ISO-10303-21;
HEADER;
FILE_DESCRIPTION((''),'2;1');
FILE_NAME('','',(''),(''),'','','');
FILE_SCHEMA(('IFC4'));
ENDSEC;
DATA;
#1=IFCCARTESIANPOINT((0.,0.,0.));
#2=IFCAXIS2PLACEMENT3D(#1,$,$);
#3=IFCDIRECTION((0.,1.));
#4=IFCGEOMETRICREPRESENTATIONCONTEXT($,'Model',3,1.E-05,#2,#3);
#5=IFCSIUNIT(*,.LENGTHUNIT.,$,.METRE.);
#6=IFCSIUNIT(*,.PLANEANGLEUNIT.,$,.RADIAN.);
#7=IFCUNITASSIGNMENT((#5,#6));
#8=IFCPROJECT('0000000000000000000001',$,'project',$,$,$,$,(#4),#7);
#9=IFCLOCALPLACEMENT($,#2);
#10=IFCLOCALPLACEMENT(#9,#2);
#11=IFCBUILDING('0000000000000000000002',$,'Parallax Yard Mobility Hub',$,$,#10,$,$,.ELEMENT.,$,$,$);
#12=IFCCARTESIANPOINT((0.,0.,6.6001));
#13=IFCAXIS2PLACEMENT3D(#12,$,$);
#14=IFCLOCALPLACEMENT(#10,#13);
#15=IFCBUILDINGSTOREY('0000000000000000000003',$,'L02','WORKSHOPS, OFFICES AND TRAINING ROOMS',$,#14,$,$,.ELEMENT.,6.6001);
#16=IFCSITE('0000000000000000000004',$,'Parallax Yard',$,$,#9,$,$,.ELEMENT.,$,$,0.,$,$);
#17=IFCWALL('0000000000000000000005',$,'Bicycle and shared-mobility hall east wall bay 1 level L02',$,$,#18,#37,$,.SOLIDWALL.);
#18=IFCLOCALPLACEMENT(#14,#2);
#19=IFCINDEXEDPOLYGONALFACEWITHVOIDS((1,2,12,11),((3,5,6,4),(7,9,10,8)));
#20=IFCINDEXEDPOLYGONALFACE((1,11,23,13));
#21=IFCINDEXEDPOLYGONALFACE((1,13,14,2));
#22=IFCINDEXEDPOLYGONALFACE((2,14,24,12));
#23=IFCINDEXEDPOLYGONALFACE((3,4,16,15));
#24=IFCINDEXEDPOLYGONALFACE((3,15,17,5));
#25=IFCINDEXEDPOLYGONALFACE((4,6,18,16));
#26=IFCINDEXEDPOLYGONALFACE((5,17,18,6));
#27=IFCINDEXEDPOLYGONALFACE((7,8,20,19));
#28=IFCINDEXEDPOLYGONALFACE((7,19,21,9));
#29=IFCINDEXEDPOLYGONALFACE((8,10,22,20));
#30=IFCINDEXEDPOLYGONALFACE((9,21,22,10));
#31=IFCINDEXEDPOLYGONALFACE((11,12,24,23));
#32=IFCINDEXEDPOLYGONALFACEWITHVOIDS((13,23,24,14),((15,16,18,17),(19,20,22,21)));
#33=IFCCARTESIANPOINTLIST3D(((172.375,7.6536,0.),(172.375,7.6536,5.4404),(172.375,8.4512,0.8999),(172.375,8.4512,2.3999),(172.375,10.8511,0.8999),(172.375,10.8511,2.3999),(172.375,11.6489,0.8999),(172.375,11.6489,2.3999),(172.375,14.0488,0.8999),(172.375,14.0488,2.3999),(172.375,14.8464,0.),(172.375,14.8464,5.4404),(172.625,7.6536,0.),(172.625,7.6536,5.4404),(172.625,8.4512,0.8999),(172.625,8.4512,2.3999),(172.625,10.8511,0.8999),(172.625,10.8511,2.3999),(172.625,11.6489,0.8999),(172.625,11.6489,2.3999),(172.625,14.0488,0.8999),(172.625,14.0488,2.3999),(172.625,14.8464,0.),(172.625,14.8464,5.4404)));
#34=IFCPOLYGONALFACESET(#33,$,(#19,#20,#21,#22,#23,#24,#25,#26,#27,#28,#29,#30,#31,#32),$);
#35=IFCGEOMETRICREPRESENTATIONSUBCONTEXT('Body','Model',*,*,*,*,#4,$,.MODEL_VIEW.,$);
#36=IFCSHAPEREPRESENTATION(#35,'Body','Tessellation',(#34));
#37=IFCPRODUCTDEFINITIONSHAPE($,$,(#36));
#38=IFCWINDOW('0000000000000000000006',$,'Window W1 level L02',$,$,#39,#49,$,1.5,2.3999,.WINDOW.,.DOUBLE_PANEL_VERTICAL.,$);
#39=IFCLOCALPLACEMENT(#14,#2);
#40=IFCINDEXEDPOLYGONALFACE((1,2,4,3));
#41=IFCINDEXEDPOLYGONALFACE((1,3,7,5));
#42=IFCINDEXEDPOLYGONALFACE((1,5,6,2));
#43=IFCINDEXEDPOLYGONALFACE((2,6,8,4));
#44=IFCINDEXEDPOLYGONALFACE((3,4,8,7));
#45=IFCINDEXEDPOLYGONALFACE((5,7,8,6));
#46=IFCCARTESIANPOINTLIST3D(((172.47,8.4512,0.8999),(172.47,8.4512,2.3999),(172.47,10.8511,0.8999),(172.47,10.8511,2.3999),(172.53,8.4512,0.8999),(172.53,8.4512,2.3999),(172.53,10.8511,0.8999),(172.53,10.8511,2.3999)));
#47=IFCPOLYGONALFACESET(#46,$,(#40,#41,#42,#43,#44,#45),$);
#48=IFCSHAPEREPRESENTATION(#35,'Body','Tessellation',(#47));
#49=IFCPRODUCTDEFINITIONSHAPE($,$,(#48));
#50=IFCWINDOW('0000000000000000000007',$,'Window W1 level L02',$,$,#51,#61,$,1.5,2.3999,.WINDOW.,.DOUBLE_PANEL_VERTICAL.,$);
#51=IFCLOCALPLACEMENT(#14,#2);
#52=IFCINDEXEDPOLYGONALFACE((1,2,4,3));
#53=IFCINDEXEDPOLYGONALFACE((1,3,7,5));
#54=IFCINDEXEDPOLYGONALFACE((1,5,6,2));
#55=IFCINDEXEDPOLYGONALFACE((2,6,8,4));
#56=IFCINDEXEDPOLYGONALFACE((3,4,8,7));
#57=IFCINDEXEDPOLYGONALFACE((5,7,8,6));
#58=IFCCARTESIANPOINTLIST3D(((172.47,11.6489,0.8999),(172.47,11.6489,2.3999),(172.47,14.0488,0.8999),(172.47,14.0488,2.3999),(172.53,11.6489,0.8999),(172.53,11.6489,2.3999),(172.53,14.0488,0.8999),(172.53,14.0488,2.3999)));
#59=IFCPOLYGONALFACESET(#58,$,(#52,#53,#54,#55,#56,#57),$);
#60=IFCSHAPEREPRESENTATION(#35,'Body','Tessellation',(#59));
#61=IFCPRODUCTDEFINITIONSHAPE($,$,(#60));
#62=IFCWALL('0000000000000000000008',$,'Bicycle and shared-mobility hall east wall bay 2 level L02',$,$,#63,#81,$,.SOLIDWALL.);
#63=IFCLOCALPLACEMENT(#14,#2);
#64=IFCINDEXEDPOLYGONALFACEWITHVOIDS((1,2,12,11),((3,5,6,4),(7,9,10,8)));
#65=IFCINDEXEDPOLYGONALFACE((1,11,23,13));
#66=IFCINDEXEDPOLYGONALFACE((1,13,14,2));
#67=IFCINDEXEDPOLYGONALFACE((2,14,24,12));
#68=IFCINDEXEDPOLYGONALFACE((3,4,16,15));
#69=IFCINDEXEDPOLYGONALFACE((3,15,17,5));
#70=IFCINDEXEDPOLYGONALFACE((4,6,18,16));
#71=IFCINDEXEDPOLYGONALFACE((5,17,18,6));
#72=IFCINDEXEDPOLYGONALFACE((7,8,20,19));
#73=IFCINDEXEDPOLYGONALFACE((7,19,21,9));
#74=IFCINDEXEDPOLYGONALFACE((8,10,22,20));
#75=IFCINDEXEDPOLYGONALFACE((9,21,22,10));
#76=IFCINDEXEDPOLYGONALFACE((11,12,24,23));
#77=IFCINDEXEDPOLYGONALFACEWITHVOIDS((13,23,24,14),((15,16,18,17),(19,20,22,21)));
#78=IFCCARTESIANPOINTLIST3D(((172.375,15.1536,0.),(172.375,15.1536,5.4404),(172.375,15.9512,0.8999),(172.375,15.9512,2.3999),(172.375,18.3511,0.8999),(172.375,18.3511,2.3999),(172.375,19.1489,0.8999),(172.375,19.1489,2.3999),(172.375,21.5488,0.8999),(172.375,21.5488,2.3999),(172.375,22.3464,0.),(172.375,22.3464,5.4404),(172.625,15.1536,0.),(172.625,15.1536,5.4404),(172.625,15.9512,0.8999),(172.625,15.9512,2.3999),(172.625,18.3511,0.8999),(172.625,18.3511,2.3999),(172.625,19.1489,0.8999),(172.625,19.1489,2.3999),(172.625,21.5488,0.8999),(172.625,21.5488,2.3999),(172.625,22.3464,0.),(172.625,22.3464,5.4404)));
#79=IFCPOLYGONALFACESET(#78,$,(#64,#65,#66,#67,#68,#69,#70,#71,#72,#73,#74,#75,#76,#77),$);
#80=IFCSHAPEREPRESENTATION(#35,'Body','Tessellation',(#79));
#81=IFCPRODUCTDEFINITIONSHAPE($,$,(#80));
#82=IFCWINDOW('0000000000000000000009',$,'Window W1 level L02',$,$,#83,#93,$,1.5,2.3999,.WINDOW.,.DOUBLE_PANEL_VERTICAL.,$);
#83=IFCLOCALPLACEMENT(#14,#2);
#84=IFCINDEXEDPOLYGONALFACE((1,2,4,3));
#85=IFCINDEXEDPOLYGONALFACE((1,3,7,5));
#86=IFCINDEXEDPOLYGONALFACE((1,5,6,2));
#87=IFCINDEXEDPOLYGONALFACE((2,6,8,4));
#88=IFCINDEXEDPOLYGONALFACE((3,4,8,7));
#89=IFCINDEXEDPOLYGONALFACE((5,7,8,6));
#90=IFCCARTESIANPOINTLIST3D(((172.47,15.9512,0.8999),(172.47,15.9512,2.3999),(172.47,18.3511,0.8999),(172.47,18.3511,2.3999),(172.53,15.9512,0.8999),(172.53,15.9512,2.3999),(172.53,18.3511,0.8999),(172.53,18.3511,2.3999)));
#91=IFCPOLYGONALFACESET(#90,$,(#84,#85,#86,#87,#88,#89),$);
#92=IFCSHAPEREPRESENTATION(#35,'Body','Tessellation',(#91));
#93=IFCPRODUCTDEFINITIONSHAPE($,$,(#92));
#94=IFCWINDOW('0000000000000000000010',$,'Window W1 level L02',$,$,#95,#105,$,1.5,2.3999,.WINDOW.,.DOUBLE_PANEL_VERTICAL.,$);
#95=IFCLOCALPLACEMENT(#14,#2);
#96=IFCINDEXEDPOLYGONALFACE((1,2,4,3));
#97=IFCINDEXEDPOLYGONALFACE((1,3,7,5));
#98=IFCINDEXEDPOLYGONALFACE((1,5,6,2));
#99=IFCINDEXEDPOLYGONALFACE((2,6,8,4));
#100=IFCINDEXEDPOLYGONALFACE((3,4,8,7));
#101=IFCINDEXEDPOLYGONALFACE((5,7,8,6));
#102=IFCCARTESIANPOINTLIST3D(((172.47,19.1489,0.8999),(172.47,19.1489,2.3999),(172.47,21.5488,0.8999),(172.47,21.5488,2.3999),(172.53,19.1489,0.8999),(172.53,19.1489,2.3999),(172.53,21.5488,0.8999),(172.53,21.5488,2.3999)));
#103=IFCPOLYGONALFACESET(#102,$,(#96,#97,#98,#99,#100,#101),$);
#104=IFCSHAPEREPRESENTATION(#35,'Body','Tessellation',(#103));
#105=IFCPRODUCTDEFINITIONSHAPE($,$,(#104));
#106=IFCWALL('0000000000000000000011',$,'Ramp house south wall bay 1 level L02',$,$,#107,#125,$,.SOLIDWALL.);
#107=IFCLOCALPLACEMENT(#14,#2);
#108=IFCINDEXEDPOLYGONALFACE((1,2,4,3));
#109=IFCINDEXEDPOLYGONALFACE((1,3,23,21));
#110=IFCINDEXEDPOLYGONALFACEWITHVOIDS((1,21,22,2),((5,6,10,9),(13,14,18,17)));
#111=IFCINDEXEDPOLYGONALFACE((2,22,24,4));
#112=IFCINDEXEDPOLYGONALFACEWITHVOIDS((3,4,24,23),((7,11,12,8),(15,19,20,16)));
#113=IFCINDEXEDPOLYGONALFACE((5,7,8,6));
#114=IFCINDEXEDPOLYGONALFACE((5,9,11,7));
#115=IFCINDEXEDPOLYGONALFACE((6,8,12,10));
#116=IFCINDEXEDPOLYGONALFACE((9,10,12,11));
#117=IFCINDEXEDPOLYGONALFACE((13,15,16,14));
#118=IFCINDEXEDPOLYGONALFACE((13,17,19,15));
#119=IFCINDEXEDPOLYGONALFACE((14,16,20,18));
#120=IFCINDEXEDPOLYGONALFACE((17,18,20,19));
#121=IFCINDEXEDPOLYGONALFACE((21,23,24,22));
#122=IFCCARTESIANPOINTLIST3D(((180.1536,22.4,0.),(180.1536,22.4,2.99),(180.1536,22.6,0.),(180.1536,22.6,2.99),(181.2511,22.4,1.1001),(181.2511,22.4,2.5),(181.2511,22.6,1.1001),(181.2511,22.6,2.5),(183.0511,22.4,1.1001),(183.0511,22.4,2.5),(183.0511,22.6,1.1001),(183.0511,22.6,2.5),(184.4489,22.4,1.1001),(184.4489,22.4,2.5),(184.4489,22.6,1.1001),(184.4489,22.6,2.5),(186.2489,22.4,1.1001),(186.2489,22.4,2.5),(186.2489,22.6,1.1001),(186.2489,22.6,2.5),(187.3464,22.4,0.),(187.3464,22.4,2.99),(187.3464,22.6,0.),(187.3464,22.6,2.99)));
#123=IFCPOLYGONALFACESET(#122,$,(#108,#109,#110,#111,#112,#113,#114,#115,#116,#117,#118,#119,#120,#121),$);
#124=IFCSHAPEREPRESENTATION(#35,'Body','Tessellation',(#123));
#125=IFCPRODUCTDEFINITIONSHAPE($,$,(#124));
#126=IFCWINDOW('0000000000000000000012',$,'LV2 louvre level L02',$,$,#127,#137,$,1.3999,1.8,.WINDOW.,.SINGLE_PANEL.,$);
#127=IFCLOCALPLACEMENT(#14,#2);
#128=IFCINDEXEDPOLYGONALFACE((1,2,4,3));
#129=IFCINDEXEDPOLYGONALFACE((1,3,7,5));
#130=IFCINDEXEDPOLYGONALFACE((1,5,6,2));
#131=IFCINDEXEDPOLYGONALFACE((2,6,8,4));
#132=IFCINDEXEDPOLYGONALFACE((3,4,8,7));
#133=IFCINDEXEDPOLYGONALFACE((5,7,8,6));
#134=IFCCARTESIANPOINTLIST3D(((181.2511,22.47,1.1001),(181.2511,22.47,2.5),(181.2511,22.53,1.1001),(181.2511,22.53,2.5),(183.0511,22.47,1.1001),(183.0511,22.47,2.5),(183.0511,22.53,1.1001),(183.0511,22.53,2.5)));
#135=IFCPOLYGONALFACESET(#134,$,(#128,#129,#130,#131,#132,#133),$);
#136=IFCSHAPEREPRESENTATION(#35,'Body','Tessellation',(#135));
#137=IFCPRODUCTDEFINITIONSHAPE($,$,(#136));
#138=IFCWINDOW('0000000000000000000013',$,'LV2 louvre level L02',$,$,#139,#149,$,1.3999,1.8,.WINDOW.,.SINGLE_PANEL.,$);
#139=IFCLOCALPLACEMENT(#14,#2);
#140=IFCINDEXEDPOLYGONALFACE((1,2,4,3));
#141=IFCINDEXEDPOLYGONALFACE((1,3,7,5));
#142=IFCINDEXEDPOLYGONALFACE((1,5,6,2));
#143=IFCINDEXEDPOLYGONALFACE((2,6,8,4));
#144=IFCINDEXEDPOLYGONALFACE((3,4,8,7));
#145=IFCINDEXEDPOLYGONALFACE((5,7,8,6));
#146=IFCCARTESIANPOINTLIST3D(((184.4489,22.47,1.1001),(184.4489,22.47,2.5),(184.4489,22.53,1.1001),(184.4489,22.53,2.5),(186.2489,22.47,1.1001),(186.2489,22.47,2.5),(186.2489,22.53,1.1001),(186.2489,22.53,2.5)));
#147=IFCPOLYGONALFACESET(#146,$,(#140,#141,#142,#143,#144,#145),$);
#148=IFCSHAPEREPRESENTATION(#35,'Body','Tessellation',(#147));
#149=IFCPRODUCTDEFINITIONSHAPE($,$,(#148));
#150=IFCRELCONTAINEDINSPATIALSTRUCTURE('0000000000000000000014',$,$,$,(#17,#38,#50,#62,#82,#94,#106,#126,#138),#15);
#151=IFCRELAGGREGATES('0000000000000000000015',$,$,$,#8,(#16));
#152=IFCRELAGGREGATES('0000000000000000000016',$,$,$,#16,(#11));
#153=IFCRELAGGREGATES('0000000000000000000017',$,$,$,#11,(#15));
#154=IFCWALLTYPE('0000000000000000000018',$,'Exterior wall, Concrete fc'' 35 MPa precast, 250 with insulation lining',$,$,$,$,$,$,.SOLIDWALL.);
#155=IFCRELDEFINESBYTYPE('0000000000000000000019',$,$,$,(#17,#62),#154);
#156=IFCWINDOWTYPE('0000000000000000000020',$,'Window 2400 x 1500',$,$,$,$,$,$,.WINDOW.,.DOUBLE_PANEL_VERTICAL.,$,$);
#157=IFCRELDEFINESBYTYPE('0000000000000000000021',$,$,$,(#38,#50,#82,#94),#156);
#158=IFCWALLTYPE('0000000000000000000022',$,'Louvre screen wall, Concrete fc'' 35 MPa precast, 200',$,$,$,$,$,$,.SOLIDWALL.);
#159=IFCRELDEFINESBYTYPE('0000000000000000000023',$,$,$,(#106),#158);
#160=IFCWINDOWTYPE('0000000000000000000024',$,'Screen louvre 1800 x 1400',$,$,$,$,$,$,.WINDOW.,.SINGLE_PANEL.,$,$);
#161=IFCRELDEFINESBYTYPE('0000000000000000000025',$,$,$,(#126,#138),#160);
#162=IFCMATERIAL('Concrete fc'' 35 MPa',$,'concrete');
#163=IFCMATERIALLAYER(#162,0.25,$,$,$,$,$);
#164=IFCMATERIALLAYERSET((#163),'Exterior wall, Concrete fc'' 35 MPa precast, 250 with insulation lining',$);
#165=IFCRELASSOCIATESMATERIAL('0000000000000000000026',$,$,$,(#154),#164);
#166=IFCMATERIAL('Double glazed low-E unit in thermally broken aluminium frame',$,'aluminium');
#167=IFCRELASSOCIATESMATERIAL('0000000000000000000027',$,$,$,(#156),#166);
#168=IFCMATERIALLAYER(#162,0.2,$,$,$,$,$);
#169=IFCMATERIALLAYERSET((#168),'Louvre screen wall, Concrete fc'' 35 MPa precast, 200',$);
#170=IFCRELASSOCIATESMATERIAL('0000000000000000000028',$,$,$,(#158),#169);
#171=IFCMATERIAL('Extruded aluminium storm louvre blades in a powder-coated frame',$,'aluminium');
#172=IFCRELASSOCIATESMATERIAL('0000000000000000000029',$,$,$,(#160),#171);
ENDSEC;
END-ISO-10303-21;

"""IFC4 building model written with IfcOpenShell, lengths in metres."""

from ifc_helpers import new_model, si_unit, direction, frame, frame_2d, origin, place, context, subcontext, project, spatial, rectangle, extrude, material, layer, layer_set, type_object, element, fill, save


model = new_model("IFC4")

# Units and contexts
model_context = context("Model", 3, precision=1e-05, world=origin(), true_north=direction((0.0, 1.0)))
body_context = subcontext(model_context, "Body", "Model", "MODEL_VIEW")
ifc_project = project(units=[si_unit("LENGTHUNIT", "METRE"), si_unit("PLANEANGLEUNIT", "RADIAN")], contexts=[model_context])

# Site, building, storey
site_placement = place(None, origin())
site = spatial("IfcSite", under=ifc_project, at=site_placement, Name="Parallax Yard", CompositionType="ELEMENT", RefElevation=0.0)
building_placement = place(site_placement, origin())
building = spatial("IfcBuilding", under=site, at=building_placement, Name="Parallax Yard Mobility Hub", CompositionType="ELEMENT")
storey_placement = place(building_placement, frame((0.0, 0.0, 6.6001)))
storey = spatial("IfcBuildingStorey", under=building, at=storey_placement, Name="L02", Description="WORKSHOPS, OFFICES AND TRAINING ROOMS", CompositionType="ELEMENT", Elevation=6.6001)

# Walls, openings, windows
ifc_material_1 = material(Name="Concrete fc' 35 MPa", Category="concrete")
ifc_layer_1 = layer(ifc_material_1, 0.25)
ifc_layer_set_1 = layer_set([ifc_layer_1], Name="Exterior wall, Concrete fc' 35 MPa precast, 250 with insulation lining")
wall_type_1 = type_object("IfcWallType", Name="Exterior wall, Concrete fc' 35 MPa precast, 250 with insulation lining", PredefinedType="SOLIDWALL", material=ifc_layer_set_1)
wall_1_placement = place(storey_placement, frame((172.5, 7.6536, 0.0), z_axis=(0.0, 0.0, 1.0), x_axis=(0.0, 1.0, 0.0)))
wall_1 = element("IfcWall", 1, at=wall_1_placement, inside=storey, type_object=wall_type_1, Name="Bicycle and shared-mobility hall east wall bay 1 level L02", PredefinedType="SOLIDWALL", context=body_context, shape_type="SweptSolid", body=[
    extrude(rectangle(XDim=7.1929, YDim=0.25, at=frame_2d((3.5964, 0.0))), origin(), (0.0, 0.0, 1.0), 5.4404),
])
opening_1_placement = place(wall_1_placement, frame((0.7976, 0.0, 0.8999)))
opening_1 = element("IfcOpeningElement", 2, at=opening_1_placement, cuts=wall_1, PredefinedType="OPENING", context=body_context, shape_type="SweptSolid", body=[
    extrude(rectangle(XDim=2.3999, YDim=1.5, at=frame_2d((1.2, 0.75))), frame((0.0, 0.135, 0.0), z_axis=(0.0, -1.0, 0.0), x_axis=(1.0, 0.0, 0.0)), (0.0, 0.0, 1.0), 0.27),
])
opening_2_placement = place(wall_1_placement, frame((3.9954, 0.0, 0.8999)))
opening_2 = element("IfcOpeningElement", 3, at=opening_2_placement, cuts=wall_1, PredefinedType="OPENING", context=body_context, shape_type="SweptSolid", body=[
    extrude(rectangle(XDim=2.3999, YDim=1.5, at=frame_2d((1.2, 0.75))), frame((0.0, 0.135, 0.0), z_axis=(0.0, -1.0, 0.0), x_axis=(1.0, 0.0, 0.0)), (0.0, 0.0, 1.0), 0.27),
])
ifc_material_2 = material(Name="Double glazed low-E unit in thermally broken aluminium frame", Category="aluminium")
window_type_1 = type_object("IfcWindowType", Name="Window 2400 x 1500", PartitioningType="DOUBLE_PANEL_VERTICAL", PredefinedType="WINDOW", material=ifc_material_2)
window_1_placement = place(opening_1_placement, origin())
window_1 = element("IfcWindow", 4, at=window_1_placement, inside=storey, type_object=window_type_1, Name="Window W1 level L02", OverallHeight=1.5, OverallWidth=2.3999, PartitioningType="DOUBLE_PANEL_VERTICAL", PredefinedType="WINDOW", context=body_context, shape_type="SweptSolid", body=[
    extrude(rectangle(XDim=2.3999, YDim=1.5, at=frame_2d((1.2, 0.75))), frame((0.0, 0.03, 0.0), z_axis=(0.0, -1.0, 0.0), x_axis=(1.0, 0.0, 0.0)), (0.0, 0.0, 1.0), 0.0601),
])
fill(opening_1, window_1)
window_2_placement = place(opening_2_placement, origin())
window_2 = element("IfcWindow", 5, at=window_2_placement, inside=storey, type_object=window_type_1, Name="Window W1 level L02", OverallHeight=1.5, OverallWidth=2.3999, PartitioningType="DOUBLE_PANEL_VERTICAL", PredefinedType="WINDOW", context=body_context, shape_type="SweptSolid", body=[
    extrude(rectangle(XDim=2.3999, YDim=1.5, at=frame_2d((1.2, 0.75))), frame((0.0, 0.03, 0.0), z_axis=(0.0, -1.0, 0.0), x_axis=(1.0, 0.0, 0.0)), (0.0, 0.0, 1.0), 0.0601),
])
fill(opening_2, window_2)
wall_2_placement = place(storey_placement, frame((172.5, 15.1536, 0.0), z_axis=(0.0, 0.0, 1.0), x_axis=(0.0, 1.0, 0.0)))
wall_2 = element("IfcWall", 6, at=wall_2_placement, inside=storey, type_object=wall_type_1, Name="Bicycle and shared-mobility hall east wall bay 2 level L02", PredefinedType="SOLIDWALL", context=body_context, shape_type="SweptSolid", body=[
    extrude(rectangle(XDim=7.1929, YDim=0.25, at=frame_2d((3.5964, 0.0))), origin(), (0.0, 0.0, 1.0), 5.4404),
])
opening_3_placement = place(wall_2_placement, frame((0.7976, 0.0, 0.8999)))
opening_3 = element("IfcOpeningElement", 7, at=opening_3_placement, cuts=wall_2, PredefinedType="OPENING", context=body_context, shape_type="SweptSolid", body=[
    extrude(rectangle(XDim=2.3999, YDim=1.5, at=frame_2d((1.2, 0.75))), frame((0.0, 0.135, 0.0), z_axis=(0.0, -1.0, 0.0), x_axis=(1.0, 0.0, 0.0)), (0.0, 0.0, 1.0), 0.27),
])
opening_4_placement = place(wall_2_placement, frame((3.9954, 0.0, 0.8999)))
opening_4 = element("IfcOpeningElement", 8, at=opening_4_placement, cuts=wall_2, PredefinedType="OPENING", context=body_context, shape_type="SweptSolid", body=[
    extrude(rectangle(XDim=2.3999, YDim=1.5, at=frame_2d((1.2, 0.75))), frame((0.0, 0.135, 0.0), z_axis=(0.0, -1.0, 0.0), x_axis=(1.0, 0.0, 0.0)), (0.0, 0.0, 1.0), 0.27),
])
window_3_placement = place(opening_3_placement, origin())
window_3 = element("IfcWindow", 9, at=window_3_placement, inside=storey, type_object=window_type_1, Name="Window W1 level L02", OverallHeight=1.5, OverallWidth=2.3999, PartitioningType="DOUBLE_PANEL_VERTICAL", PredefinedType="WINDOW", context=body_context, shape_type="SweptSolid", body=[
    extrude(rectangle(XDim=2.3999, YDim=1.5, at=frame_2d((1.2, 0.75))), frame((0.0, 0.03, 0.0), z_axis=(0.0, -1.0, 0.0), x_axis=(1.0, 0.0, 0.0)), (0.0, 0.0, 1.0), 0.0601),
])
fill(opening_3, window_3)
window_4_placement = place(opening_4_placement, origin())
window_4 = element("IfcWindow", 10, at=window_4_placement, inside=storey, type_object=window_type_1, Name="Window W1 level L02", OverallHeight=1.5, OverallWidth=2.3999, PartitioningType="DOUBLE_PANEL_VERTICAL", PredefinedType="WINDOW", context=body_context, shape_type="SweptSolid", body=[
    extrude(rectangle(XDim=2.3999, YDim=1.5, at=frame_2d((1.2, 0.75))), frame((0.0, 0.03, 0.0), z_axis=(0.0, -1.0, 0.0), x_axis=(1.0, 0.0, 0.0)), (0.0, 0.0, 1.0), 0.0601),
])
fill(opening_4, window_4)
ifc_layer_2 = layer(ifc_material_1, 0.2)
ifc_layer_set_2 = layer_set([ifc_layer_2], Name="Louvre screen wall, Concrete fc' 35 MPa precast, 200")
wall_type_2 = type_object("IfcWallType", Name="Louvre screen wall, Concrete fc' 35 MPa precast, 200", PredefinedType="SOLIDWALL", material=ifc_layer_set_2)
wall_3_placement = place(storey_placement, frame((180.1536, 22.5, 0.0), z_axis=(0.0, 0.0, 1.0), x_axis=(1.0, 0.0, 0.0)))
wall_3 = element("IfcWall", 11, at=wall_3_placement, inside=storey, type_object=wall_type_2, Name="Ramp house south wall bay 1 level L02", PredefinedType="SOLIDWALL", context=body_context, shape_type="SweptSolid", body=[
    extrude(rectangle(XDim=7.1929, YDim=0.2, at=frame_2d((3.5964, 0.0))), origin(), (0.0, 0.0, 1.0), 2.99),
])
opening_5_placement = place(wall_3_placement, frame((1.0977, 0.0, 1.1001)))
opening_5 = element("IfcOpeningElement", 12, at=opening_5_placement, cuts=wall_3, PredefinedType="OPENING", context=body_context, shape_type="SweptSolid", body=[
    extrude(rectangle(XDim=1.8, YDim=1.3999, at=frame_2d((0.8999, 0.7))), frame((0.0, 0.1099, 0.0), z_axis=(0.0, -1.0, 0.0), x_axis=(1.0, 0.0, 0.0)), (0.0, 0.0, 1.0), 0.22),
])
opening_6_placement = place(wall_3_placement, frame((4.2954, 0.0, 1.1001)))
opening_6 = element("IfcOpeningElement", 13, at=opening_6_placement, cuts=wall_3, PredefinedType="OPENING", context=body_context, shape_type="SweptSolid", body=[
    extrude(rectangle(XDim=1.8, YDim=1.3999, at=frame_2d((0.8999, 0.7))), frame((0.0, 0.1099, 0.0), z_axis=(0.0, -1.0, 0.0), x_axis=(1.0, 0.0, 0.0)), (0.0, 0.0, 1.0), 0.22),
])
ifc_material_3 = material(Name="Extruded aluminium storm louvre blades in a powder-coated frame", Category="aluminium")
window_type_2 = type_object("IfcWindowType", Name="Screen louvre 1800 x 1400", PartitioningType="SINGLE_PANEL", PredefinedType="WINDOW", material=ifc_material_3)
window_5_placement = place(opening_5_placement, origin())
window_5 = element("IfcWindow", 14, at=window_5_placement, inside=storey, type_object=window_type_2, Name="LV2 louvre level L02", OverallHeight=1.3999, OverallWidth=1.8, PartitioningType="SINGLE_PANEL", PredefinedType="WINDOW", context=body_context, shape_type="SweptSolid", body=[
    extrude(rectangle(XDim=1.8, YDim=1.3999, at=frame_2d((0.8999, 0.7))), frame((0.0, 0.03, 0.0), z_axis=(0.0, -1.0, 0.0), x_axis=(1.0, 0.0, 0.0)), (0.0, 0.0, 1.0), 0.0601),
])
fill(opening_5, window_5)
window_6_placement = place(opening_6_placement, origin())
window_6 = element("IfcWindow", 15, at=window_6_placement, inside=storey, type_object=window_type_2, Name="LV2 louvre level L02", OverallHeight=1.3999, OverallWidth=1.8, PartitioningType="SINGLE_PANEL", PredefinedType="WINDOW", context=body_context, shape_type="SweptSolid", body=[
    extrude(rectangle(XDim=1.8, YDim=1.3999, at=frame_2d((0.8999, 0.7))), frame((0.0, 0.03, 0.0), z_axis=(0.0, -1.0, 0.0), x_axis=(1.0, 0.0, 0.0)), (0.0, 0.0, 1.0), 0.0601),
])
fill(opening_6, window_6)

save(model, "model.ifc")
